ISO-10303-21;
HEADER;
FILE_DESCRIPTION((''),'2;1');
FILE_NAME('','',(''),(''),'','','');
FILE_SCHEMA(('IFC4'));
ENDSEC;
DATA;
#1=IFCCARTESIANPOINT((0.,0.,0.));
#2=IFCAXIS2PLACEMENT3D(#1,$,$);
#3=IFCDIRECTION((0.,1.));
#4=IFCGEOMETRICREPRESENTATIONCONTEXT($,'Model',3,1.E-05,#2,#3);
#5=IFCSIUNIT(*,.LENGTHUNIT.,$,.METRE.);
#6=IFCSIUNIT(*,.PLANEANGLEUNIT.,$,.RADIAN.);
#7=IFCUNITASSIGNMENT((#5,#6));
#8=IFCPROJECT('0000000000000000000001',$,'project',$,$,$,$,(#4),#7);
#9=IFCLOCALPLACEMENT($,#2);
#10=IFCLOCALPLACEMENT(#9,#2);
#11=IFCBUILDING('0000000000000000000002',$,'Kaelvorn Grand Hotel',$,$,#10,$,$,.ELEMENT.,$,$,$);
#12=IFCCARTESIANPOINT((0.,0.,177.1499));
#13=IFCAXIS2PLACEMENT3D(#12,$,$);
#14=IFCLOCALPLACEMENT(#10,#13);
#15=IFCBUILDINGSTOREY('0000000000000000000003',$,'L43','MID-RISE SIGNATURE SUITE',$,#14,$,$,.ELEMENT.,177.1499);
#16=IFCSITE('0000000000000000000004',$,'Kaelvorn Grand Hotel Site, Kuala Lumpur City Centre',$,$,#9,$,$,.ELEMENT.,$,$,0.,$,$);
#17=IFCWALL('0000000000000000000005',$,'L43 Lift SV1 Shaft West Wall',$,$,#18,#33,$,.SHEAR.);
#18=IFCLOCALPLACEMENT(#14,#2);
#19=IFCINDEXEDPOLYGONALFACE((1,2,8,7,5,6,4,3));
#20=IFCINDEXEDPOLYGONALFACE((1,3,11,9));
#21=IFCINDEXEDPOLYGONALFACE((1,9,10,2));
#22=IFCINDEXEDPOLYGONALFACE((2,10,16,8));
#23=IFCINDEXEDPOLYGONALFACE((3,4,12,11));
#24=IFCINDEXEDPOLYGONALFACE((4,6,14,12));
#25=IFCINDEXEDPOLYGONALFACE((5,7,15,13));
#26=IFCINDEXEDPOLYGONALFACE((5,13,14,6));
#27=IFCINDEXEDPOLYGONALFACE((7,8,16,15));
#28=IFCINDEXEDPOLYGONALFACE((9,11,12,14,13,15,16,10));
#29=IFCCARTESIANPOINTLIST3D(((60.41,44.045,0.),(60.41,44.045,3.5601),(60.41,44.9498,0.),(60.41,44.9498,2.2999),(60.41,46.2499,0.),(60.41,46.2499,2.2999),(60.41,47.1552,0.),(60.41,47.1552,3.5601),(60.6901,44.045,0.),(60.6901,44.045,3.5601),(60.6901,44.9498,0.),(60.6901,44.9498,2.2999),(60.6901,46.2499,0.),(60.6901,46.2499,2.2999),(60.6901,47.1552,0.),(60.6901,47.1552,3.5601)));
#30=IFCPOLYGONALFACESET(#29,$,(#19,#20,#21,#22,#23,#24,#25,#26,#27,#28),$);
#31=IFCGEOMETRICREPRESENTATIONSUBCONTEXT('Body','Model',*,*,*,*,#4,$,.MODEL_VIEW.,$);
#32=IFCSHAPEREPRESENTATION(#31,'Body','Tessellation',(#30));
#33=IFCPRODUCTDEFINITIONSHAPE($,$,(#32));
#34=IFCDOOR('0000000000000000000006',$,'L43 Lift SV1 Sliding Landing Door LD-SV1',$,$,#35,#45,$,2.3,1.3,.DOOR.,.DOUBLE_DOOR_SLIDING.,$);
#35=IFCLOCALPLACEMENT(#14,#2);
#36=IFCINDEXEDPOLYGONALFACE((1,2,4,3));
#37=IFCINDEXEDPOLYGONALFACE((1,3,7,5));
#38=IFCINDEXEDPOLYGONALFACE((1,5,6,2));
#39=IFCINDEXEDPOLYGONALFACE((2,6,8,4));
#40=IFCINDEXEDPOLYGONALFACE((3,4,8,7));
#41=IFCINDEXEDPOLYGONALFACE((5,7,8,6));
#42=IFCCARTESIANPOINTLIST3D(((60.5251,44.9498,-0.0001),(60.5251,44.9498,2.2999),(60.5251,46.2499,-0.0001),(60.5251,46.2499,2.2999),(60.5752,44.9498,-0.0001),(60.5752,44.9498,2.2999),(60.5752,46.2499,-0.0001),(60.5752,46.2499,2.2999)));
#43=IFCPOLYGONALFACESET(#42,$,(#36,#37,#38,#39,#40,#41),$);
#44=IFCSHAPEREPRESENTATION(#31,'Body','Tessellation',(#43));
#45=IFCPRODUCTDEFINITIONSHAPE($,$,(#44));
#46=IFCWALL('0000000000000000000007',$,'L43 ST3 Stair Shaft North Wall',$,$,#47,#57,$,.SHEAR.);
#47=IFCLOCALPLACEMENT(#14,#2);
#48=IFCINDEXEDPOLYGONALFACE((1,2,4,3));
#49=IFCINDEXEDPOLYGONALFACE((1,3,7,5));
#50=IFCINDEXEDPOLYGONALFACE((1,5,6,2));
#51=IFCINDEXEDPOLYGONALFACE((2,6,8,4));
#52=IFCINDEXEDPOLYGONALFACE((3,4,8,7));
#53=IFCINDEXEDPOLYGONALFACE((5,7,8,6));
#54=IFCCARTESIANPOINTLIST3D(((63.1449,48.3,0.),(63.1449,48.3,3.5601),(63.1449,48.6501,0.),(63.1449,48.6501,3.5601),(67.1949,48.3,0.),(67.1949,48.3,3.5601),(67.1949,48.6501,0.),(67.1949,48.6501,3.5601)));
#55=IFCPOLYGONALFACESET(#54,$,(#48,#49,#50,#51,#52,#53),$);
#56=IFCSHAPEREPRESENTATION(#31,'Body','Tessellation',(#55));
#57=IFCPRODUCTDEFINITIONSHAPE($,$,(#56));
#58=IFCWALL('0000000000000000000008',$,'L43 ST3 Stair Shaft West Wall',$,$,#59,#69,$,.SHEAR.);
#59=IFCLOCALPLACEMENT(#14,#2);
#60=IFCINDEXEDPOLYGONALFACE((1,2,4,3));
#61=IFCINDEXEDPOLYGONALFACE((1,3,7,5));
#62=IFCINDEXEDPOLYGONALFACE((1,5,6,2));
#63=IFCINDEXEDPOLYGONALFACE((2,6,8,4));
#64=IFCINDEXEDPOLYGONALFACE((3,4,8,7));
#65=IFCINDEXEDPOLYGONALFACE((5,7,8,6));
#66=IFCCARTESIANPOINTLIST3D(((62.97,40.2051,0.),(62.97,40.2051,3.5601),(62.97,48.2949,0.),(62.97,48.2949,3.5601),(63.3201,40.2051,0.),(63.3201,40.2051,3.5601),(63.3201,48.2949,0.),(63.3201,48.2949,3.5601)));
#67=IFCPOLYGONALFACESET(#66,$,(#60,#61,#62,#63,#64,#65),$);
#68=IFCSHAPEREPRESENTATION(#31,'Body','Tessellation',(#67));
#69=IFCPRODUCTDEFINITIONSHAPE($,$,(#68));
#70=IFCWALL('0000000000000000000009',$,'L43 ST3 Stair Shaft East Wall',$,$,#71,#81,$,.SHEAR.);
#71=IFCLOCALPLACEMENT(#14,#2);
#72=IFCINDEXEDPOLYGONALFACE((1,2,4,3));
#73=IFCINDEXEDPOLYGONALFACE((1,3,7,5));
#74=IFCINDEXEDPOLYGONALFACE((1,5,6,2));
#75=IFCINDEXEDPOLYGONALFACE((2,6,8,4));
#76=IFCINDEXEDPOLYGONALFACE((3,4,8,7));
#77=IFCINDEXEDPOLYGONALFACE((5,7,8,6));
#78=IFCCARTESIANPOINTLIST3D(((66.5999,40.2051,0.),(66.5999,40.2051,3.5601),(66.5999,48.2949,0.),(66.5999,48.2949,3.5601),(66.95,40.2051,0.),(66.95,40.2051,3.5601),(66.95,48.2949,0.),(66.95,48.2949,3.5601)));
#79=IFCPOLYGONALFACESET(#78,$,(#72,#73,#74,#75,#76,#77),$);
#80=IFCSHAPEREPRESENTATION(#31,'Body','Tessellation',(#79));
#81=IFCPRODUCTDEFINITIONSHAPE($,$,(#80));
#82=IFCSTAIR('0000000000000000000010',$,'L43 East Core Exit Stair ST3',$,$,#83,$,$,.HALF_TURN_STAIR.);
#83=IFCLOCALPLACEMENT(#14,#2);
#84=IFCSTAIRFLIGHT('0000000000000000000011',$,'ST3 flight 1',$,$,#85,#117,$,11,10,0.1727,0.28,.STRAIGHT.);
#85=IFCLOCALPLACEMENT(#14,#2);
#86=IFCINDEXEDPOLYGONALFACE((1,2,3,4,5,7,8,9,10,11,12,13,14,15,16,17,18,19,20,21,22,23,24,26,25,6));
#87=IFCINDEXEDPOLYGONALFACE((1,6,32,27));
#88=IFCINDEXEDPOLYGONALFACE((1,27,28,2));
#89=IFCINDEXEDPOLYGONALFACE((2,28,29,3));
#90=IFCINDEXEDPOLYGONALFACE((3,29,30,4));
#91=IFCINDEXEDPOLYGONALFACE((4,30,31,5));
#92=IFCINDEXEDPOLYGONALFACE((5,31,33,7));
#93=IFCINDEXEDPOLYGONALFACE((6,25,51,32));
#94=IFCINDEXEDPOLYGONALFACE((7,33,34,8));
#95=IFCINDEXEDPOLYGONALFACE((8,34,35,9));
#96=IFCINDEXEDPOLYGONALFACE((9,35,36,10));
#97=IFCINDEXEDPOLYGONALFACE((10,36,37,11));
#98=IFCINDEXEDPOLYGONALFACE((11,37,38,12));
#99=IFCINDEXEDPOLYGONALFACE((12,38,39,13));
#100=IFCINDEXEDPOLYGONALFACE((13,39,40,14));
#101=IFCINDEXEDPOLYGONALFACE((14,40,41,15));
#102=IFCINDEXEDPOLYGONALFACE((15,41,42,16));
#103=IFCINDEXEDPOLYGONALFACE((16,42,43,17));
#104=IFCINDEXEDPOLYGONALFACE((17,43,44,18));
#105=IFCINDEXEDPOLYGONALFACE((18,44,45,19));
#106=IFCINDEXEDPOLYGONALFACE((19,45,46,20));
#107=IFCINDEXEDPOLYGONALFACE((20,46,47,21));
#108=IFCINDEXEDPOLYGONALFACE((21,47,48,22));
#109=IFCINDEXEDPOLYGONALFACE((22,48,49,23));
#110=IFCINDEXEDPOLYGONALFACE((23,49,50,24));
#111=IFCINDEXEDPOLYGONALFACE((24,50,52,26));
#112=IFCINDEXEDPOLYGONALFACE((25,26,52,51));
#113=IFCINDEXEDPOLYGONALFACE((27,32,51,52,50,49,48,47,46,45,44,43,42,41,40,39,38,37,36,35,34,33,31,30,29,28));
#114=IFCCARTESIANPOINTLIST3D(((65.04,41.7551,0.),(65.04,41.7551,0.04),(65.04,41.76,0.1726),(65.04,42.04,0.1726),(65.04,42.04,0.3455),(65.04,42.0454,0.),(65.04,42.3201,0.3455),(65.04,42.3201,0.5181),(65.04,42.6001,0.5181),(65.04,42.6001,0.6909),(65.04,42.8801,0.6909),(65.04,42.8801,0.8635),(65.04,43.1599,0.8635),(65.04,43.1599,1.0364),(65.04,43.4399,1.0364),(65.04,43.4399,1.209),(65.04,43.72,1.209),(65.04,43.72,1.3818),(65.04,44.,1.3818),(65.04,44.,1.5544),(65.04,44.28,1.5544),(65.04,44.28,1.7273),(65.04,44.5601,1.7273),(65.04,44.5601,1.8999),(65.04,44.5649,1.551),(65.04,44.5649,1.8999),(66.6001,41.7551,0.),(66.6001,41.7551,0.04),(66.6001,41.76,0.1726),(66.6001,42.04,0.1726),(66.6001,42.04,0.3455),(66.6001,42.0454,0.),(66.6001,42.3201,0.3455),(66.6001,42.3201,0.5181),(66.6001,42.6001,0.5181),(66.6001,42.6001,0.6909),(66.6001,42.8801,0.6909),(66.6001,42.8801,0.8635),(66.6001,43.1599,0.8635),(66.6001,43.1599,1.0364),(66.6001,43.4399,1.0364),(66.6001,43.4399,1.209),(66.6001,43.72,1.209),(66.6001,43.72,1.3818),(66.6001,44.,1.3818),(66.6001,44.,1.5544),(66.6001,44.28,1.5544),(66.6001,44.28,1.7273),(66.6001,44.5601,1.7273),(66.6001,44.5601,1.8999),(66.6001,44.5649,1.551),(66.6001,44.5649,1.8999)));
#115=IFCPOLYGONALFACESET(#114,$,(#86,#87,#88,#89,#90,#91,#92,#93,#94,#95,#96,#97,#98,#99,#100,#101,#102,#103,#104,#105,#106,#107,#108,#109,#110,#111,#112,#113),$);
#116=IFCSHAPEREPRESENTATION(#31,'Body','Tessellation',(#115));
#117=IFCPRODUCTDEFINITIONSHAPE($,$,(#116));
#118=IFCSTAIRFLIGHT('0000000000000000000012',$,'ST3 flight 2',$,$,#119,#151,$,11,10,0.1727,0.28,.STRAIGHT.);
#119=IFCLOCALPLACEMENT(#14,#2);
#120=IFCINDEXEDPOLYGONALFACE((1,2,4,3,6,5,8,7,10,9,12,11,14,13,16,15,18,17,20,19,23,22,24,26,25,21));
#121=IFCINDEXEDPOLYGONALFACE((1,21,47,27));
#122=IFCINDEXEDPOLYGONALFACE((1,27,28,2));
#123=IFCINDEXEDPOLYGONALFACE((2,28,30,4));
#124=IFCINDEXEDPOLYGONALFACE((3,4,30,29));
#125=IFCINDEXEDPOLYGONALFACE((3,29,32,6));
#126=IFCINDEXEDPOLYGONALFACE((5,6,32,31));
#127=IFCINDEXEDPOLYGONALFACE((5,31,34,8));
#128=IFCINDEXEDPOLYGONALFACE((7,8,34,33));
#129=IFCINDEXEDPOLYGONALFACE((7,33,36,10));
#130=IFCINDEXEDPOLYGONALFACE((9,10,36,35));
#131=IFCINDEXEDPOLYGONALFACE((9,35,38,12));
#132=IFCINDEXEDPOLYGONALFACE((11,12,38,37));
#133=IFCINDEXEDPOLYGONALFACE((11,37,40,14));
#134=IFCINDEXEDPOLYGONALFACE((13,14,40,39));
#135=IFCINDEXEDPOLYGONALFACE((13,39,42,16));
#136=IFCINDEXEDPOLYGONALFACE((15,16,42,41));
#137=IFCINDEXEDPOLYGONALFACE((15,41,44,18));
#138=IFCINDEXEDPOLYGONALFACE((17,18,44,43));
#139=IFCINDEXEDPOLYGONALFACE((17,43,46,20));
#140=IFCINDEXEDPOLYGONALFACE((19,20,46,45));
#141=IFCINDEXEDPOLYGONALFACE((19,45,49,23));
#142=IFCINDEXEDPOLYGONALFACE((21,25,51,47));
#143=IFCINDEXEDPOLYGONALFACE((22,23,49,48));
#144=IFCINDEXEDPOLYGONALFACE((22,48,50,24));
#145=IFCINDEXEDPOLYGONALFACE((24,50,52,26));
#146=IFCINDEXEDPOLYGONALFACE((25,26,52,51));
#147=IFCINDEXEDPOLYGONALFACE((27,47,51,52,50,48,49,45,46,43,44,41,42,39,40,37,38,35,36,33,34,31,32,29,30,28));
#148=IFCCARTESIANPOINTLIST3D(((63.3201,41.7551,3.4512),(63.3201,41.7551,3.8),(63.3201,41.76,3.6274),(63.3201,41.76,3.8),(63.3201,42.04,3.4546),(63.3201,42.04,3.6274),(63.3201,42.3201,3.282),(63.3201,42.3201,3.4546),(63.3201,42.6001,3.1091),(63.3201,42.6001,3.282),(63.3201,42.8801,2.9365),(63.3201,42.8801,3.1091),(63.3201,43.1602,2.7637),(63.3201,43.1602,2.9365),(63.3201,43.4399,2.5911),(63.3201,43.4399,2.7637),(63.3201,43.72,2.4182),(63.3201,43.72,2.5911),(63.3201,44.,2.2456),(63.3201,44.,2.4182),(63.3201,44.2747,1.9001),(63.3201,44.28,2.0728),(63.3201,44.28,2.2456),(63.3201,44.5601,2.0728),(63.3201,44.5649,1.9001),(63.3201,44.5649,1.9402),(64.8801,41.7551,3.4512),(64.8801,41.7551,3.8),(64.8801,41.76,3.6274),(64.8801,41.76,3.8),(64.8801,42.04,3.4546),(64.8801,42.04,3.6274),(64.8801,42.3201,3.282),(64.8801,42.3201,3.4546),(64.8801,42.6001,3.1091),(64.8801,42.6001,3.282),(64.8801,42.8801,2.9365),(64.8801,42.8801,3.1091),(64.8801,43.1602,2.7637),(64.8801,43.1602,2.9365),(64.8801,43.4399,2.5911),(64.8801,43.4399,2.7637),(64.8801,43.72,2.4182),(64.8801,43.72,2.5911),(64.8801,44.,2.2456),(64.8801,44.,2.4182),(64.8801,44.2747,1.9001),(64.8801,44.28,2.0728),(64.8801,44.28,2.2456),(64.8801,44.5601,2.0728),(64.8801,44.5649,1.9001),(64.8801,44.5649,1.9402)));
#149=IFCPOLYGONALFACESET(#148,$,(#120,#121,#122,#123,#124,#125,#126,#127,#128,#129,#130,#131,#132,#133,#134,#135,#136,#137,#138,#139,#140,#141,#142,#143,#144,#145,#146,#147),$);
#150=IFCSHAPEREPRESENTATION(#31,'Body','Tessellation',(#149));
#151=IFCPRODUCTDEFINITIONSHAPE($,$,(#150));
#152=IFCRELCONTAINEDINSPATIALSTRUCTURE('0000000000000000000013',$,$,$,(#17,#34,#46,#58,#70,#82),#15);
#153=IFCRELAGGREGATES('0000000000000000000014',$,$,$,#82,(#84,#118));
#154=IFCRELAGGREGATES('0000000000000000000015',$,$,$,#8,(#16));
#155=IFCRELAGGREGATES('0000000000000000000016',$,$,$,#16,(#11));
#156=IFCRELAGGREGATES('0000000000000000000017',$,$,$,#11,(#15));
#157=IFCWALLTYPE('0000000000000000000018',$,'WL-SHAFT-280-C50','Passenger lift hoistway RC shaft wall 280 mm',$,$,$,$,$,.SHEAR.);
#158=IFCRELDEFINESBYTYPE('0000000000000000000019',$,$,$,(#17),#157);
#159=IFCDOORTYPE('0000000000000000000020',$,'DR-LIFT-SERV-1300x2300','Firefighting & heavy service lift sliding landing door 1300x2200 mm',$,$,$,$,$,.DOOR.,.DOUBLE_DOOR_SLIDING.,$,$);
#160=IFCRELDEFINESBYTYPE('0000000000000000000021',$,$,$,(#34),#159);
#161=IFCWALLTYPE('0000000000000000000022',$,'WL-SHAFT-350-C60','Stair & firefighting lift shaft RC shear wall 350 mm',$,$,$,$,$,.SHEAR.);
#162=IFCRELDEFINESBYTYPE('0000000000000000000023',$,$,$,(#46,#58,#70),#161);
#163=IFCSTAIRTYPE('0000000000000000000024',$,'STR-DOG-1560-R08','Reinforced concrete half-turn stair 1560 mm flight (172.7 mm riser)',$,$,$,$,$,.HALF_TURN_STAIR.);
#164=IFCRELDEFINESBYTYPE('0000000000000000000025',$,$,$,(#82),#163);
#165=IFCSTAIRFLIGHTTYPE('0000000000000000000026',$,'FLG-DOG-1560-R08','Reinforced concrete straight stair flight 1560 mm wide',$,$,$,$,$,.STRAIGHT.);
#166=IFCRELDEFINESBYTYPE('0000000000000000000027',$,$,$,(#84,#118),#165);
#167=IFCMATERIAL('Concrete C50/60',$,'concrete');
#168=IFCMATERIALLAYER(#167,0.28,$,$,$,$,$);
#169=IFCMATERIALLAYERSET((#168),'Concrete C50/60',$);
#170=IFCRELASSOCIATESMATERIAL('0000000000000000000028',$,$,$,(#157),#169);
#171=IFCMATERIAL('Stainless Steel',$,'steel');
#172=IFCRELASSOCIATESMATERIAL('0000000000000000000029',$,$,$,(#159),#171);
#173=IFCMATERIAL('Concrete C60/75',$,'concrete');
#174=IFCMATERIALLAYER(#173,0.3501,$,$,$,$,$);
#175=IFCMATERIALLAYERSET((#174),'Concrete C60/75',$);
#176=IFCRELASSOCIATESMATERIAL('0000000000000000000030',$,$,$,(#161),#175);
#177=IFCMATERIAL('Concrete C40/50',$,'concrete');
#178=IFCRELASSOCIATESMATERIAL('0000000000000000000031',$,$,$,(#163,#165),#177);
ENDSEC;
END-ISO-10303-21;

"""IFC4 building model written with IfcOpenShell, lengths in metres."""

from ifc_helpers import new_model, si_unit, direction, frame, frame_2d, origin, place, context, subcontext, project, spatial, polyline, rectangle, outline, extrude, material, layer, layer_set, type_object, element, fill, aggregate, save


model = new_model("IFC4")

# Units and contexts
model_context = context("Model", 3, precision=1e-05, world=origin(), true_north=direction((0.0, 1.0)))
body_context = subcontext(model_context, "Body", "Model", "MODEL_VIEW")
ifc_project = project(units=[si_unit("LENGTHUNIT", "METRE"), si_unit("PLANEANGLEUNIT", "RADIAN")], contexts=[model_context])

# Site, building, storey
site_placement = place(None, origin())
site = spatial("IfcSite", under=ifc_project, at=site_placement, Name="Kaelvorn Grand Hotel Site, Kuala Lumpur City Centre", CompositionType="ELEMENT", RefElevation=0.0)
building_placement = place(site_placement, origin())
building = spatial("IfcBuilding", under=site, at=building_placement, Name="Kaelvorn Grand Hotel", CompositionType="ELEMENT")
storey_placement = place(building_placement, frame((0.0, 0.0, 177.1499)))
storey = spatial("IfcBuildingStorey", under=building, at=storey_placement, Name="L43", Description="MID-RISE SIGNATURE SUITE", CompositionType="ELEMENT", Elevation=177.1499)

# Shared definitions
ifc_material_1 = material(Name="Concrete C60/75", Category="concrete")

# Shared definitions
ifc_material_2 = material(Name="Concrete C50/60", Category="concrete")

# Shared definitions
ifc_material_3 = material(Name="Concrete C40/50", Category="concrete")

# Shared definitions
ifc_layer_1 = layer(ifc_material_2, 0.28)
ifc_layer_set_1 = layer_set([ifc_layer_1], Name="Concrete C50/60")
wall_type_1 = type_object("IfcWallType", Name="WL-SHAFT-280-C50", Description="Passenger lift hoistway RC shaft wall 280 mm", PredefinedType="SHEAR", material=ifc_layer_set_1)
ifc_material_4 = material(Name="Stainless Steel", Category="steel")
door_type_1 = type_object("IfcDoorType", Name="DR-LIFT-SERV-1300x2300", Description="Firefighting & heavy service lift sliding landing door 1300x2200 mm", OperationType="DOUBLE_DOOR_SLIDING", PredefinedType="DOOR", material=ifc_material_4)

# Wall, opening, door
wall_1_placement = place(storey_placement, frame((60.55, 44.0449, 0.0), z_axis=(0.0, 0.0, 1.0), x_axis=(0.0, 1.0, 0.0)))
wall_1 = element("IfcWall", 1, at=wall_1_placement, inside=storey, type_object=wall_type_1, Name="L43 Lift SV1 Shaft West Wall", PredefinedType="SHEAR", context=body_context, shape_type="SweptSolid", body=[
    extrude(rectangle(XDim=3.1101, YDim=0.28, at=frame_2d((1.5552, 0.0))), origin(), (0.0, 0.0, 1.0), 3.5601),
])
opening_1_placement = place(wall_1_placement, frame((0.905, 0.0, 0.0)))
opening_1 = element("IfcOpeningElement", 2, at=opening_1_placement, cuts=wall_1, PredefinedType="OPENING", context=body_context, shape_type="SweptSolid", body=[
    extrude(rectangle(XDim=1.3, YDim=2.3, at=frame_2d((0.6499, 1.1499))), frame((0.0, 0.1499, 0.0), z_axis=(0.0, -1.0, 0.0), x_axis=(1.0, 0.0, 0.0)), (0.0, 0.0, 1.0), 0.3),
])
door_1_placement = place(opening_1_placement, origin())
door_1 = element("IfcDoor", 3, at=door_1_placement, inside=storey, type_object=door_type_1, Name="L43 Lift SV1 Sliding Landing Door LD-SV1", OperationType="DOUBLE_DOOR_SLIDING", OverallHeight=2.3, OverallWidth=1.3, PredefinedType="DOOR", context=body_context, shape_type="SweptSolid", body=[
    extrude(rectangle(XDim=1.3, YDim=2.3, at=frame_2d((0.6499, 1.1499))), frame((0.0, 0.0249, 0.0), z_axis=(0.0, -1.0, 0.0), x_axis=(1.0, 0.0, 0.0)), (0.0, 0.0, 1.0), 0.05),
])
fill(opening_1, door_1)
ifc_layer_2 = layer(ifc_material_1, 0.3501)
ifc_layer_set_2 = layer_set([ifc_layer_2], Name="Concrete C60/75")
wall_type_2 = type_object("IfcWallType", Name="WL-SHAFT-350-C60", Description="Stair & firefighting lift shaft RC shear wall 350 mm", PredefinedType="SHEAR", material=ifc_layer_set_2)

# Walls
wall_2_placement = place(storey_placement, frame((63.145, 48.4751, 0.0), z_axis=(0.0, 0.0, 1.0), x_axis=(1.0, 0.0, 0.0)))
element("IfcWall", 4, at=wall_2_placement, inside=storey, type_object=wall_type_2, Name="L43 ST3 Stair Shaft North Wall", PredefinedType="SHEAR", context=body_context, shape_type="SweptSolid", body=[
    extrude(rectangle(XDim=4.05, YDim=0.3501, at=frame_2d((2.0249, 0.0))), origin(), (0.0, 0.0, 1.0), 3.5601),
])
for number, where, z_axis, x_axis, name in (
    (5, (63.145, 40.2051, 0.0), (0.0, 0.0, 1.0), (0.0, 1.0, 0.0), "L43 ST3 Stair Shaft West Wall"),
    (6, (66.7749, 40.2051, 0.0), (0.0, 0.0, 1.0), (0.0, 1.0, 0.0), "L43 ST3 Stair Shaft East Wall"),
):
    element("IfcWall", number, at=place(storey_placement, frame(where, z_axis=z_axis, x_axis=x_axis)), inside=storey, type_object=wall_type_2, Name=name, PredefinedType="SHEAR", context=body_context, shape_type="SweptSolid", body=[
        extrude(rectangle(XDim=8.0898, YDim=0.3501, at=frame_2d((4.0449, 0.0))), origin(), (0.0, 0.0, 1.0), 3.5601),
    ])

# Stair, stair flights
stair_type = type_object("IfcStairType", Name="STR-DOG-1560-R08", Description="Reinforced concrete half-turn stair 1560 mm flight (172.7 mm riser)", PredefinedType="HALF_TURN_STAIR", material=ifc_material_3)
stair_placement = place(storey_placement, origin())
stair = element("IfcStair", 7, at=stair_placement, inside=storey, type_object=stair_type, Name="L43 East Core Exit Stair ST3", PredefinedType="HALF_TURN_STAIR")
stair_flight_type = type_object("IfcStairFlightType", Name="FLG-DOG-1560-R08", Description="Reinforced concrete straight stair flight 1560 mm wide", PredefinedType="STRAIGHT", material=ifc_material_3)
stair_flight_1_placement = place(storey_placement, frame((65.8201, 41.76, 0.0), z_axis=(0.0, 0.0, 1.0), x_axis=(0.0, 1.0, 0.0)))
stair_flight_1 = element("IfcStairFlight", 8, at=stair_flight_1_placement, type_object=stair_flight_type, Name="ST3 flight 1", NumberOfRisers=11, NumberOfTreads=10, PredefinedType="STRAIGHT", RiserHeight=0.1727, TreadLength=0.28, context=body_context, shape_type="SweptSolid", body=[
    extrude(outline(polyline([(-0.0049, 0.0), (-0.0049, 0.04), (0.0, 0.1726), (0.28, 0.1726), (0.28, 0.3455), (0.5601, 0.3455), (0.5601, 0.5181), (0.8401, 0.5181), (0.8401, 0.6909), (1.1201, 0.6909), (1.1201, 0.8635), (1.3999, 0.8635), (1.3999, 1.0364), (1.6799, 1.0364), (1.6799, 1.209), (1.96, 1.209), (1.96, 1.3818), (2.24, 1.3818), (2.24, 1.5544), (2.52, 1.5544), (2.52, 1.7273), (2.8, 1.7273), (2.8, 1.8999), (2.8049, 1.8999), (2.8049, 1.551), (0.2854, 0.0), (-0.0049, 0.0)])), frame((0.0, 0.78, 0.0), z_axis=(0.0, -1.0, 0.0), x_axis=(1.0, 0.0, 0.0)), (0.0, 0.0, 1.0), 1.5601),
])
stair_flight_2_placement = place(storey_placement, frame((64.1001, 44.5601, 1.9001), z_axis=(0.0, 0.0, 1.0), x_axis=(0.0, -1.0, 0.0)))
stair_flight_2 = element("IfcStairFlight", 9, at=stair_flight_2_placement, type_object=stair_flight_type, Name="ST3 flight 2", NumberOfRisers=11, NumberOfTreads=10, PredefinedType="STRAIGHT", RiserHeight=0.1727, TreadLength=0.28, context=body_context, shape_type="SweptSolid", body=[
    extrude(outline(polyline([(-0.0049, 0.0), (-0.0049, 0.04), (0.0, 0.1726), (0.28, 0.1726), (0.28, 0.3455), (0.5601, 0.3455), (0.5601, 0.5181), (0.8401, 0.5181), (0.8401, 0.6909), (1.1201, 0.6909), (1.1201, 0.8635), (1.3999, 0.8635), (1.3999, 1.0364), (1.6799, 1.0364), (1.6799, 1.209), (1.96, 1.209), (1.96, 1.3818), (2.24, 1.3818), (2.24, 1.5544), (2.52, 1.5544), (2.52, 1.7273), (2.8, 1.7273), (2.8, 1.8999), (2.8049, 1.8999), (2.8049, 1.551), (0.2854, 0.0), (-0.0049, 0.0)])), frame((0.0, 0.78, 0.0), z_axis=(0.0, -1.0, 0.0), x_axis=(1.0, 0.0, 0.0)), (0.0, 0.0, 1.0), 1.5601),
])
aggregate(stair, [stair_flight_1, stair_flight_2])

save(model, "model.ifc")
